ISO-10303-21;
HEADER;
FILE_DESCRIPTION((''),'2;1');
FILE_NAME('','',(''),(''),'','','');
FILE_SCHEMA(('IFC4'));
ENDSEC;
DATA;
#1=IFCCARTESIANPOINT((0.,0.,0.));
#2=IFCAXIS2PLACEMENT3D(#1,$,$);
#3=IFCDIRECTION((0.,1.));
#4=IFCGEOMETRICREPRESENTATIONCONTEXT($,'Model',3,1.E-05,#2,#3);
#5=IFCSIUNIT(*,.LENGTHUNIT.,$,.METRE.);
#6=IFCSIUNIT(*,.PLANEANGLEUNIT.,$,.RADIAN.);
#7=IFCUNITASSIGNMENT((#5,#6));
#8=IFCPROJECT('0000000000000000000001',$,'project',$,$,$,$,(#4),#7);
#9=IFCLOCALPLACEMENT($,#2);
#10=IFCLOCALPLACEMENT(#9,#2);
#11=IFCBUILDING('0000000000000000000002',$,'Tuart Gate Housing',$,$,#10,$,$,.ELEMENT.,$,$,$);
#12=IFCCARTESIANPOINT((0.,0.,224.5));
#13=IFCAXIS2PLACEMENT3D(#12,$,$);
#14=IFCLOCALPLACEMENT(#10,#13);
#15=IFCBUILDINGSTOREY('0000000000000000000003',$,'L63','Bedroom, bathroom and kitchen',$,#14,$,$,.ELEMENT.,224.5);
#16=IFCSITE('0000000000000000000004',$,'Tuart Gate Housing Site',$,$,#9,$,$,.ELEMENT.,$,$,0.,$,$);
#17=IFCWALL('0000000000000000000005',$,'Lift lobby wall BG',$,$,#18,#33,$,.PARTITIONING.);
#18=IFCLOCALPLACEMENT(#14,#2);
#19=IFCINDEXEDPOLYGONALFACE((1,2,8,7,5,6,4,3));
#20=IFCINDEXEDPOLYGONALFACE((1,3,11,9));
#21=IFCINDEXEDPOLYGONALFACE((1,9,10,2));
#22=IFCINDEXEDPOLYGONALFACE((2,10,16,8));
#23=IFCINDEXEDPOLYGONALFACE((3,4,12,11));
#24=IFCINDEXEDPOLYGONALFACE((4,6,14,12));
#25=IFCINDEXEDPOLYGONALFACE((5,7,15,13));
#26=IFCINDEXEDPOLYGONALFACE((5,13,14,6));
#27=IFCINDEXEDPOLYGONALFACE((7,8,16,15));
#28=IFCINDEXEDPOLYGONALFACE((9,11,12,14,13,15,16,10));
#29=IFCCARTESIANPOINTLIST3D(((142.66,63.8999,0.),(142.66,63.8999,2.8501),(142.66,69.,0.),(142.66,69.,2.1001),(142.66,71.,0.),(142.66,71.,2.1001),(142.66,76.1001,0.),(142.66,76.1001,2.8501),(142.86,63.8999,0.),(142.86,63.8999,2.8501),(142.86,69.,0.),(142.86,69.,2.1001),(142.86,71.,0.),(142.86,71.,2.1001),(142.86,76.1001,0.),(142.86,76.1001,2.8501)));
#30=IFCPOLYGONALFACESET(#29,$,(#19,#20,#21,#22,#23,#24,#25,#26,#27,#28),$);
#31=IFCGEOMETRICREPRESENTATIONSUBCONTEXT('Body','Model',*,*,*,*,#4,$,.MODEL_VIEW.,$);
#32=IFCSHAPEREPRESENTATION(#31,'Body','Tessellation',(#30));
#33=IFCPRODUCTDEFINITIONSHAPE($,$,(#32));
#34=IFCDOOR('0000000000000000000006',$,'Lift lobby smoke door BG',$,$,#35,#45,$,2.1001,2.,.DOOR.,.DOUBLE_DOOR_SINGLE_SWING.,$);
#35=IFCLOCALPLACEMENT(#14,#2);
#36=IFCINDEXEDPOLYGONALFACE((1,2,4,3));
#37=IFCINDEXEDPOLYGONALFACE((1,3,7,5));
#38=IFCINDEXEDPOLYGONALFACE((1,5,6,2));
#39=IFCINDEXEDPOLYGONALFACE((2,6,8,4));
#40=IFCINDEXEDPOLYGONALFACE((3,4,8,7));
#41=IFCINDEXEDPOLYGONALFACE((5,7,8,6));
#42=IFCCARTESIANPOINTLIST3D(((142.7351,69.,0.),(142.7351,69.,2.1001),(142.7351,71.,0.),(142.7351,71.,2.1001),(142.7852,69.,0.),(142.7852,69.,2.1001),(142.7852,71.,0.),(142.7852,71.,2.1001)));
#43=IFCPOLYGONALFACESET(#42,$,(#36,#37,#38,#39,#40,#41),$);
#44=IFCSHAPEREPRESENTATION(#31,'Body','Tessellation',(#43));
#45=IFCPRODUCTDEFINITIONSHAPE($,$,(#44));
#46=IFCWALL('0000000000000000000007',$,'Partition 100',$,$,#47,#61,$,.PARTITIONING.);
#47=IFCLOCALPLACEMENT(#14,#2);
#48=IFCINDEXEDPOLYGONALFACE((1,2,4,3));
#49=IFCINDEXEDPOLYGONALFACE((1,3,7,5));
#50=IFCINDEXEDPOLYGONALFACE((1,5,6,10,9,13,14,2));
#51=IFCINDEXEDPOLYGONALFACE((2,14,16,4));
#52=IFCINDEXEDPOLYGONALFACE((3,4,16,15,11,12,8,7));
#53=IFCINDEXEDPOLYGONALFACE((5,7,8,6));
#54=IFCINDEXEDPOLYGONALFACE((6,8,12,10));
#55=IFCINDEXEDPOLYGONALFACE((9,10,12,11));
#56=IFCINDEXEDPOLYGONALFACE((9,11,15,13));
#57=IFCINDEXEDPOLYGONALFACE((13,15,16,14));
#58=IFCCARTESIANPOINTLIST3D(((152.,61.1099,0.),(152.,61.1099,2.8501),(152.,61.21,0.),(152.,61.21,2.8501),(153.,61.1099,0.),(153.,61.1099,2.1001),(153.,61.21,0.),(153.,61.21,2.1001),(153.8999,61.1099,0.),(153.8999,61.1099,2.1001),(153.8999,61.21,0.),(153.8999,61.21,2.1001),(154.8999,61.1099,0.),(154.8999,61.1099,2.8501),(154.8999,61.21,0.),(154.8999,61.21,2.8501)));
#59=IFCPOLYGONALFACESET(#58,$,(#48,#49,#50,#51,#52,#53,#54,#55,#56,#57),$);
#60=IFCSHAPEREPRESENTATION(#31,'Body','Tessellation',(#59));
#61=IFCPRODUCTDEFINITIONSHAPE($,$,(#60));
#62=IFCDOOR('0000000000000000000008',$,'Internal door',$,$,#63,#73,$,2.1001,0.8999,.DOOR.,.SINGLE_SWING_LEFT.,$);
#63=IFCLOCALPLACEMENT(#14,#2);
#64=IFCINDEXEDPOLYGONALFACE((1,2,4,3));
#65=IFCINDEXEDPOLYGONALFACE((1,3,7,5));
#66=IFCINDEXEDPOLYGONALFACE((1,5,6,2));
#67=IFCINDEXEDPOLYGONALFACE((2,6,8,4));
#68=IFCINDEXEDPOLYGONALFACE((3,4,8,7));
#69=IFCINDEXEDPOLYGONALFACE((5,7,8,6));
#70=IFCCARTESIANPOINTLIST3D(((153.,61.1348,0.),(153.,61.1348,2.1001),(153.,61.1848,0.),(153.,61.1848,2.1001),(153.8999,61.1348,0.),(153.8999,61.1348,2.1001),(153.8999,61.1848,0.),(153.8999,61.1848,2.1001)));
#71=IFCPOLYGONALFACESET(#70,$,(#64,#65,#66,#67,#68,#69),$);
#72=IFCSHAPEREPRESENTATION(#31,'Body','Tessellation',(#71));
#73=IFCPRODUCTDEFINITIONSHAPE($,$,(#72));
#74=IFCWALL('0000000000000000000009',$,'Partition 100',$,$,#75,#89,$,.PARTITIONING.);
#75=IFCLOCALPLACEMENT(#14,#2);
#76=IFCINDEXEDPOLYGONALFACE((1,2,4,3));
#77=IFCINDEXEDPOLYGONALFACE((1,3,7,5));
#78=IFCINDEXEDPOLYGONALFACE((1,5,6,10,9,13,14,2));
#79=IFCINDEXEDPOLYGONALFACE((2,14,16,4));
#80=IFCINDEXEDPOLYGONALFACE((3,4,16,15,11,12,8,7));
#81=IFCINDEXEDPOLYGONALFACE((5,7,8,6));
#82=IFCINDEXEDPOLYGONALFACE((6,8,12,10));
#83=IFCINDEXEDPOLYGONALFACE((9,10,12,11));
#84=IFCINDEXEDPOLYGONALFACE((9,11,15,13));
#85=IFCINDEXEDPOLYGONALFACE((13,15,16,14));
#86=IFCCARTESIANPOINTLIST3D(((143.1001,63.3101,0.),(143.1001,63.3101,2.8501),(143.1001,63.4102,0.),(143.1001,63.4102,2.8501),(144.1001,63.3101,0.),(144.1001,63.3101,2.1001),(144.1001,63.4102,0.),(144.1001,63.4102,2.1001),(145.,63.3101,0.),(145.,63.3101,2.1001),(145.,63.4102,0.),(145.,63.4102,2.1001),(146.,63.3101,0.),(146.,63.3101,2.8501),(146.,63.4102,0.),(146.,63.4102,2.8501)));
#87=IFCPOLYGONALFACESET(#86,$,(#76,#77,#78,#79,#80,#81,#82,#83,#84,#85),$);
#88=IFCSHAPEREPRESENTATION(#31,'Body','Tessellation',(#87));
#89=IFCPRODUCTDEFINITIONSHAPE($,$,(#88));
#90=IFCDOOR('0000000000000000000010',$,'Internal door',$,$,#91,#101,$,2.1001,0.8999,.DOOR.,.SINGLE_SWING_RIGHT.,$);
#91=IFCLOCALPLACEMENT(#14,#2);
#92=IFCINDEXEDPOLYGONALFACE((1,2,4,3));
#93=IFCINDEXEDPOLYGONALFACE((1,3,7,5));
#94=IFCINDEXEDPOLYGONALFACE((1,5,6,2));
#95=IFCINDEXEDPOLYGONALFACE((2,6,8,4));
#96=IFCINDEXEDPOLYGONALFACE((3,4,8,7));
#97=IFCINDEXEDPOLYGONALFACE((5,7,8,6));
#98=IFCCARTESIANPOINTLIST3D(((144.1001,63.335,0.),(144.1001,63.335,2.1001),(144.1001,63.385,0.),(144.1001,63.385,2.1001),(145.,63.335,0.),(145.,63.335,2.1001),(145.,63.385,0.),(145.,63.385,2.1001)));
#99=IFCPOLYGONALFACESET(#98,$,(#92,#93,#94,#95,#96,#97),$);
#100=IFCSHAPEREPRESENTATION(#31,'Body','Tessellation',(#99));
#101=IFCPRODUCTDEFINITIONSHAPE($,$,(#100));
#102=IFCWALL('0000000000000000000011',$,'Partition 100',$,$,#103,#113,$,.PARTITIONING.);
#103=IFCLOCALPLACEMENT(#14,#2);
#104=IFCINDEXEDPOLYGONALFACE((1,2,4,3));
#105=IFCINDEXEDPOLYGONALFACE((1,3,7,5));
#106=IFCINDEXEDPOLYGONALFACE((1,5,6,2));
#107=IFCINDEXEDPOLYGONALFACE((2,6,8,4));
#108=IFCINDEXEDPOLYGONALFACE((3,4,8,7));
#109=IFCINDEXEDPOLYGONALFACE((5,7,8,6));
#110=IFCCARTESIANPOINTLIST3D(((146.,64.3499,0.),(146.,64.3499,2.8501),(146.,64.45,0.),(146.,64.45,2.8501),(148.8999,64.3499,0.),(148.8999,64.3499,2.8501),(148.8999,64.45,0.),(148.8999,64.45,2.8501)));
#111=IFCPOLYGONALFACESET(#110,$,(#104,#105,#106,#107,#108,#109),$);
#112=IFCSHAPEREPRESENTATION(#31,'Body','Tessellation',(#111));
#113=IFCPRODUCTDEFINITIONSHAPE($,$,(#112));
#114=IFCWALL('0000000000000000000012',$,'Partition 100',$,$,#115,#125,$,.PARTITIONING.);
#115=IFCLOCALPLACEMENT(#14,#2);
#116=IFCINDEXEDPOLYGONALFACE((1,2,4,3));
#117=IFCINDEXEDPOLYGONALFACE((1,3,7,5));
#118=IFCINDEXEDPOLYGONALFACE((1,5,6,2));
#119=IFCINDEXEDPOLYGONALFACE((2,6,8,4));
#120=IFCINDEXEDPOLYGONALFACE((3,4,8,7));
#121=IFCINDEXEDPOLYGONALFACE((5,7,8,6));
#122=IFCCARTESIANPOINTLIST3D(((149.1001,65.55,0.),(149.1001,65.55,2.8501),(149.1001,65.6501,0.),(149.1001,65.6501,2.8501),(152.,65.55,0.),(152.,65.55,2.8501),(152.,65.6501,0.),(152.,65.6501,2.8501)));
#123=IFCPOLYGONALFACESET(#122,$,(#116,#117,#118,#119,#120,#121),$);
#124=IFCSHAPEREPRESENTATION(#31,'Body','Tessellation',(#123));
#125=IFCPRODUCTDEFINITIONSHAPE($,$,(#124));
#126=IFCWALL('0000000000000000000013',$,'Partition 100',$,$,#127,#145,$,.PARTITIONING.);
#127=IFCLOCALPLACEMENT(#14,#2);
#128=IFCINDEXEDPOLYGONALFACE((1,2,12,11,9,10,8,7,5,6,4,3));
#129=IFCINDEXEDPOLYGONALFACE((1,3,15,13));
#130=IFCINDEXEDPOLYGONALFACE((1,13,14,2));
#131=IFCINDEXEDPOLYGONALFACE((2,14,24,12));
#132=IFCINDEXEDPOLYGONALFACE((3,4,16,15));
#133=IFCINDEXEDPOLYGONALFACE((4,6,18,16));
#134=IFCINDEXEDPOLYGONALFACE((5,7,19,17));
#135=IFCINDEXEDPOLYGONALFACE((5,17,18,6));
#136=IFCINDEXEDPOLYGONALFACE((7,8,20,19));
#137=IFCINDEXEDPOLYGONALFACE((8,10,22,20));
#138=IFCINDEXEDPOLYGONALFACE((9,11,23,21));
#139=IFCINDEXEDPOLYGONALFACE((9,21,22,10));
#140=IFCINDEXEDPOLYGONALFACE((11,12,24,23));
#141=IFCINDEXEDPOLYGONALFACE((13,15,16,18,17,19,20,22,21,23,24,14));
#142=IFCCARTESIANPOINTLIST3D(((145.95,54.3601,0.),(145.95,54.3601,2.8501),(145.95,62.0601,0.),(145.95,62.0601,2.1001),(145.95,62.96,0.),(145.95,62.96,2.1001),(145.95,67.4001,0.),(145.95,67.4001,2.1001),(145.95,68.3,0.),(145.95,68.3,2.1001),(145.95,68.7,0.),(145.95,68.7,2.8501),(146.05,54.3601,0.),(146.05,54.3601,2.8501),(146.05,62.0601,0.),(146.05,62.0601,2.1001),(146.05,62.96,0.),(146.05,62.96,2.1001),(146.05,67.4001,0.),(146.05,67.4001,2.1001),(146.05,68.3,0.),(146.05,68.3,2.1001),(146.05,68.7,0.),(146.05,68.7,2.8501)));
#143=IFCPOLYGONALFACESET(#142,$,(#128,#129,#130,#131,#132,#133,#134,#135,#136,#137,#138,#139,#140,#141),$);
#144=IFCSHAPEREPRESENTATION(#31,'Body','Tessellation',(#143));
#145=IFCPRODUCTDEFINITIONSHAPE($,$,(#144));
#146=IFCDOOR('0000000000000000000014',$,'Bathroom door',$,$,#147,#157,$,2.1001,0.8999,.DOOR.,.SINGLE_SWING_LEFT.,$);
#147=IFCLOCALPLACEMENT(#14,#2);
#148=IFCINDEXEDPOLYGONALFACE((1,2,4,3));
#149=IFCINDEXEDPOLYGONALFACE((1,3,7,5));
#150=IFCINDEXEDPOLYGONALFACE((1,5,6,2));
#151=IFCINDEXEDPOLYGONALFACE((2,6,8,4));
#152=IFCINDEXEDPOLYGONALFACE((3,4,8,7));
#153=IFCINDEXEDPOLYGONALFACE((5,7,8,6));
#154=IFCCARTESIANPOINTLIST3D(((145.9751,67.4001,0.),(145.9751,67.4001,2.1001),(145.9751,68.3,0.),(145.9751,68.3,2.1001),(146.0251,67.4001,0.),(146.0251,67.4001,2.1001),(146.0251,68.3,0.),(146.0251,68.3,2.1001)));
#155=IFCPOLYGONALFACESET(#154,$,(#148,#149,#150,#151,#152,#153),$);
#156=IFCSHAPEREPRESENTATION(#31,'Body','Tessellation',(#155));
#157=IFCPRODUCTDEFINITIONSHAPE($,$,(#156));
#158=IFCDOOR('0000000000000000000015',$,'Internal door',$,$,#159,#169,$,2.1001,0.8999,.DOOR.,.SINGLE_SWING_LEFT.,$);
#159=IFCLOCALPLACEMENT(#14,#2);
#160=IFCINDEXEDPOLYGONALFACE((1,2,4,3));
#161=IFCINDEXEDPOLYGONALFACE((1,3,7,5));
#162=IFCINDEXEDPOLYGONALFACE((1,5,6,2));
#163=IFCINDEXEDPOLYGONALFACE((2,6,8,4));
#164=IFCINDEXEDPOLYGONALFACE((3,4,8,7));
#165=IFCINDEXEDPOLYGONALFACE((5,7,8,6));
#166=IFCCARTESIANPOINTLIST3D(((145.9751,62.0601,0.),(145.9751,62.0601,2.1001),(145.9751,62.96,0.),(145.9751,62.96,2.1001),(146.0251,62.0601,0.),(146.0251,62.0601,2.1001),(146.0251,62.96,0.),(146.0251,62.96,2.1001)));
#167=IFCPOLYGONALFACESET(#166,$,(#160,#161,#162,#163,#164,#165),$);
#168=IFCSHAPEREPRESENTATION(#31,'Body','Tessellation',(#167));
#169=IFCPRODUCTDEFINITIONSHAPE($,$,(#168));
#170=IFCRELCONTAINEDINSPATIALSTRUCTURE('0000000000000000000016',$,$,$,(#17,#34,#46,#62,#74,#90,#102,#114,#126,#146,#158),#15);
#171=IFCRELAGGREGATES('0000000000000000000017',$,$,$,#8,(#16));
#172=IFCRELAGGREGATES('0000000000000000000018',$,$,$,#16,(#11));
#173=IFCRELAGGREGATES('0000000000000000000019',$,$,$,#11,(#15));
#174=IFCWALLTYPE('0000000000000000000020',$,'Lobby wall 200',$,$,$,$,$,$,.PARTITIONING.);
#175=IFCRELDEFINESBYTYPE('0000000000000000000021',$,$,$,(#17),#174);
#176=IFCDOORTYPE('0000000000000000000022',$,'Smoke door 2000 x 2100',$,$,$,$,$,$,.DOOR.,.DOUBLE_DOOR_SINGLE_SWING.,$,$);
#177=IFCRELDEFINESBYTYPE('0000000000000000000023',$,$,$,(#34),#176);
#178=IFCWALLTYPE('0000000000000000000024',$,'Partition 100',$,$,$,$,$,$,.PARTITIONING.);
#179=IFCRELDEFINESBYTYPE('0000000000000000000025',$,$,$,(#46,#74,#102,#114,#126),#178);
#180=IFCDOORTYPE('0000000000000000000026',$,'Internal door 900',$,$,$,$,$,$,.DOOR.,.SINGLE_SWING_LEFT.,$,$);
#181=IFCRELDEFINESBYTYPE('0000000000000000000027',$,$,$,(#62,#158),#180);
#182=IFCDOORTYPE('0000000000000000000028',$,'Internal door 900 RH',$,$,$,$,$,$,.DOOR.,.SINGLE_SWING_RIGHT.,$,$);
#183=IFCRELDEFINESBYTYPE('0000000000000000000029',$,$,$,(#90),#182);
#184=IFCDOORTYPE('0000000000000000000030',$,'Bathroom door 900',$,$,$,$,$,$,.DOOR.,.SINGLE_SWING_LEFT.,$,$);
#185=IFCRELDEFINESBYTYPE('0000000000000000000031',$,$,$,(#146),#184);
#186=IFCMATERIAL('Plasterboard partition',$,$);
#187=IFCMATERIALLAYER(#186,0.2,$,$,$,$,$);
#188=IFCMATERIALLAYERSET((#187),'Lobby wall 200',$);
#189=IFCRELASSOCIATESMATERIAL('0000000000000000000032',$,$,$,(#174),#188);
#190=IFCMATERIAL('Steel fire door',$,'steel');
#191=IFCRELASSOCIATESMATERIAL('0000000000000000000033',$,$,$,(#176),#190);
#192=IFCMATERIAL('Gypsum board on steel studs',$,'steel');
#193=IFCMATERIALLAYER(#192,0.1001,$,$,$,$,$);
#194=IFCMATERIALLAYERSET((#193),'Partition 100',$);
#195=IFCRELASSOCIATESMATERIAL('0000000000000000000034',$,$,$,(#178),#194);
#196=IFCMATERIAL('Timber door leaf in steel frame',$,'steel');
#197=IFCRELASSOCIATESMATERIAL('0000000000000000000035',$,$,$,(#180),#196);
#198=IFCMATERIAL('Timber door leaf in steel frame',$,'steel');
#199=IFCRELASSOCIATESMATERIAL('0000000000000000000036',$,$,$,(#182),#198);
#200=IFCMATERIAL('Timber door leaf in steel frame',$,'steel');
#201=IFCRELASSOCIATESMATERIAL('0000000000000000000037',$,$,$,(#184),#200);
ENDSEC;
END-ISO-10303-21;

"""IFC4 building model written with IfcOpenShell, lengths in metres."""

from ifc_helpers import new_model, si_unit, direction, frame, frame_2d, origin, place, context, subcontext, project, spatial, rectangle, extrude, material, layer, layer_set, type_object, element, fill, save


model = new_model("IFC4")

# Units and contexts
model_context = context("Model", 3, precision=1e-05, world=origin(), true_north=direction((0.0, 1.0)))
body_context = subcontext(model_context, "Body", "Model", "MODEL_VIEW")
ifc_project = project(units=[si_unit("LENGTHUNIT", "METRE"), si_unit("PLANEANGLEUNIT", "RADIAN")], contexts=[model_context])

# Site, building, storey
site_placement = place(None, origin())
site = spatial("IfcSite", under=ifc_project, at=site_placement, Name="Tuart Gate Housing Site", CompositionType="ELEMENT", RefElevation=0.0)
building_placement = place(site_placement, origin())
building = spatial("IfcBuilding", under=site, at=building_placement, Name="Tuart Gate Housing", CompositionType="ELEMENT")
storey_placement = place(building_placement, frame((0.0, 0.0, 224.5)))
storey = spatial("IfcBuildingStorey", under=building, at=storey_placement, Name="L63", Description="Bedroom, bathroom and kitchen", CompositionType="ELEMENT", Elevation=224.5)

# Walls, openings, doors
ifc_material_1 = material(Name="Plasterboard partition")
ifc_layer_1 = layer(ifc_material_1, 0.2)
ifc_layer_set_1 = layer_set([ifc_layer_1], Name="Lobby wall 200")
wall_type_1 = type_object("IfcWallType", Name="Lobby wall 200", PredefinedType="PARTITIONING", material=ifc_layer_set_1)
wall_1_placement = place(storey_placement, frame((142.76, 63.8999, 0.0), z_axis=(0.0, 0.0, 1.0), x_axis=(0.0, 1.0, 0.0)))
wall_1 = element("IfcWall", 1, at=wall_1_placement, inside=storey, type_object=wall_type_1, Name="Lift lobby wall BG", PredefinedType="PARTITIONING", context=body_context, shape_type="SweptSolid", body=[
    extrude(rectangle(XDim=12.2002, YDim=0.2, at=frame_2d((6.1001, 0.0))), origin(), (0.0, 0.0, 1.0), 2.8501),
])
opening_1_placement = place(wall_1_placement, frame((5.1001, 0.0, 0.0)))
opening_1 = element("IfcOpeningElement", 2, at=opening_1_placement, cuts=wall_1, PredefinedType="OPENING", context=body_context, shape_type="SweptSolid", body=[
    extrude(rectangle(XDim=2.0, YDim=2.1001, at=frame_2d((1.0, 1.05))), frame((0.0, 0.1099, 0.0), z_axis=(0.0, -1.0, 0.0), x_axis=(1.0, 0.0, 0.0)), (0.0, 0.0, 1.0), 0.22),
])
ifc_material_2 = material(Name="Steel fire door", Category="steel")
door_type_1 = type_object("IfcDoorType", Name="Smoke door 2000 x 2100", OperationType="DOUBLE_DOOR_SINGLE_SWING", PredefinedType="DOOR", material=ifc_material_2)
door_1_placement = place(opening_1_placement, origin())
door_1 = element("IfcDoor", 3, at=door_1_placement, inside=storey, type_object=door_type_1, Name="Lift lobby smoke door BG", OperationType="DOUBLE_DOOR_SINGLE_SWING", OverallHeight=2.1001, OverallWidth=2.0, PredefinedType="DOOR", context=body_context, shape_type="SweptSolid", body=[
    extrude(rectangle(XDim=2.0, YDim=2.1001, at=frame_2d((1.0, 1.05))), frame((0.0, 0.0249, 0.0), z_axis=(0.0, -1.0, 0.0), x_axis=(1.0, 0.0, 0.0)), (0.0, 0.0, 1.0), 0.05),
])
fill(opening_1, door_1)
ifc_material_3 = material(Name="Gypsum board on steel studs", Category="steel")
ifc_layer_2 = layer(ifc_material_3, 0.1001)
ifc_layer_set_2 = layer_set([ifc_layer_2], Name="Partition 100")
wall_type_2 = type_object("IfcWallType", Name="Partition 100", PredefinedType="PARTITIONING", material=ifc_layer_set_2)
wall_2_placement = place(storey_placement, frame((152.0, 61.1599, 0.0), z_axis=(0.0, 0.0, 1.0), x_axis=(1.0, 0.0, 0.0)))
wall_2 = element("IfcWall", 4, at=wall_2_placement, inside=storey, type_object=wall_type_2, Name="Partition 100", PredefinedType="PARTITIONING", context=body_context, shape_type="SweptSolid", body=[
    extrude(rectangle(XDim=2.8999, YDim=0.1001, at=frame_2d((1.45, 0.0))), origin(), (0.0, 0.0, 1.0), 2.8501),
])
opening_2_placement = place(wall_2_placement, frame((1.0, 0.0, 0.0)))
opening_2 = element("IfcOpeningElement", 5, at=opening_2_placement, cuts=wall_2, PredefinedType="OPENING", context=body_context, shape_type="SweptSolid", body=[
    extrude(rectangle(XDim=0.8999, YDim=2.1001, at=frame_2d((0.45, 1.05))), frame((0.0, 0.0601, 0.0), z_axis=(0.0, -1.0, 0.0), x_axis=(1.0, 0.0, 0.0)), (0.0, 0.0, 1.0), 0.1201),
])
ifc_material_4 = material(Name="Timber door leaf in steel frame", Category="steel")
door_type_2 = type_object("IfcDoorType", Name="Internal door 900", OperationType="SINGLE_SWING_LEFT", PredefinedType="DOOR", material=ifc_material_4)
door_2_placement = place(opening_2_placement, origin())
door_2 = element("IfcDoor", 6, at=door_2_placement, inside=storey, type_object=door_type_2, Name="Internal door", OperationType="SINGLE_SWING_LEFT", OverallHeight=2.1001, OverallWidth=0.8999, PredefinedType="DOOR", context=body_context, shape_type="SweptSolid", body=[
    extrude(rectangle(XDim=0.8999, YDim=2.1001, at=frame_2d((0.45, 1.05))), frame((0.0, 0.0249, 0.0), z_axis=(0.0, -1.0, 0.0), x_axis=(1.0, 0.0, 0.0)), (0.0, 0.0, 1.0), 0.05),
])
fill(opening_2, door_2)
wall_3_placement = place(storey_placement, frame((143.1001, 63.3601, 0.0), z_axis=(0.0, 0.0, 1.0), x_axis=(1.0, 0.0, 0.0)))
wall_3 = element("IfcWall", 7, at=wall_3_placement, inside=storey, type_object=wall_type_2, Name="Partition 100", PredefinedType="PARTITIONING", context=body_context, shape_type="SweptSolid", body=[
    extrude(rectangle(XDim=2.8999, YDim=0.1001, at=frame_2d((1.45, 0.0))), origin(), (0.0, 0.0, 1.0), 2.8501),
])
opening_3_placement = place(wall_3_placement, frame((1.0, 0.0, 0.0)))
opening_3 = element("IfcOpeningElement", 8, at=opening_3_placement, cuts=wall_3, PredefinedType="OPENING", context=body_context, shape_type="SweptSolid", body=[
    extrude(rectangle(XDim=0.8999, YDim=2.1001, at=frame_2d((0.45, 1.05))), frame((0.0, 0.0601, 0.0), z_axis=(0.0, -1.0, 0.0), x_axis=(1.0, 0.0, 0.0)), (0.0, 0.0, 1.0), 0.1201),
])
ifc_material_5 = material(Name="Timber door leaf in steel frame", Category="steel")
door_type_3 = type_object("IfcDoorType", Name="Internal door 900 RH", OperationType="SINGLE_SWING_RIGHT", PredefinedType="DOOR", material=ifc_material_5)
door_3_placement = place(opening_3_placement, origin())
door_3 = element("IfcDoor", 9, at=door_3_placement, inside=storey, type_object=door_type_3, Name="Internal door", OperationType="SINGLE_SWING_RIGHT", OverallHeight=2.1001, OverallWidth=0.8999, PredefinedType="DOOR", context=body_context, shape_type="SweptSolid", body=[
    extrude(rectangle(XDim=0.8999, YDim=2.1001, at=frame_2d((0.45, 1.05))), frame((0.0, 0.0249, 0.0), z_axis=(0.0, -1.0, 0.0), x_axis=(1.0, 0.0, 0.0)), (0.0, 0.0, 1.0), 0.05),
])
fill(opening_3, door_3)

# Walls
for number, where, z_axis, x_axis, name in (
    (10, (146.0, 64.3999, 0.0), (0.0, 0.0, 1.0), (1.0, 0.0, 0.0), "Partition 100"),
    (11, (149.1001, 65.6001, 0.0), (0.0, 0.0, 1.0), (1.0, 0.0, 0.0), "Partition 100"),
):
    element("IfcWall", number, at=place(storey_placement, frame(where, z_axis=z_axis, x_axis=x_axis)), inside=storey, type_object=wall_type_2, Name=name, PredefinedType="PARTITIONING", context=body_context, shape_type="SweptSolid", body=[
        extrude(rectangle(XDim=2.8999, YDim=0.1001, at=frame_2d((1.45, 0.0))), origin(), (0.0, 0.0, 1.0), 2.8501),
    ])

# Wall, openings, doors
wall_4_placement = place(storey_placement, frame((146.0, 54.3601, 0.0), z_axis=(0.0, 0.0, 1.0), x_axis=(0.0, 1.0, 0.0)))
wall_4 = element("IfcWall", 12, at=wall_4_placement, inside=storey, type_object=wall_type_2, Name="Partition 100", PredefinedType="PARTITIONING", context=body_context, shape_type="SweptSolid", body=[
    extrude(rectangle(XDim=14.3398, YDim=0.1001, at=frame_2d((7.1699, 0.0))), origin(), (0.0, 0.0, 1.0), 2.8501),
])
opening_4_placement = place(wall_4_placement, frame((7.7, 0.0, 0.0)))
opening_4 = element("IfcOpeningElement", 13, at=opening_4_placement, cuts=wall_4, PredefinedType="OPENING", context=body_context, shape_type="SweptSolid", body=[
    extrude(rectangle(XDim=0.8999, YDim=2.1001, at=frame_2d((0.45, 1.05))), frame((0.0, 0.0601, 0.0), z_axis=(0.0, -1.0, 0.0), x_axis=(1.0, 0.0, 0.0)), (0.0, 0.0, 1.0), 0.1201),
])
opening_5_placement = place(wall_4_placement, frame((13.04, 0.0, 0.0)))
opening_5 = element("IfcOpeningElement", 14, at=opening_5_placement, cuts=wall_4, PredefinedType="OPENING", context=body_context, shape_type="SweptSolid", body=[
    extrude(rectangle(XDim=0.8999, YDim=2.1001, at=frame_2d((0.45, 1.05))), frame((0.0, 0.0601, 0.0), z_axis=(0.0, -1.0, 0.0), x_axis=(1.0, 0.0, 0.0)), (0.0, 0.0, 1.0), 0.1201),
])
ifc_material_6 = material(Name="Timber door leaf in steel frame", Category="steel")
door_type_4 = type_object("IfcDoorType", Name="Bathroom door 900", OperationType="SINGLE_SWING_LEFT", PredefinedType="DOOR", material=ifc_material_6)
door_4_placement = place(opening_5_placement, frame((0.8999, 0.0, 0.0), z_axis=(0.0, 0.0, 1.0), x_axis=(-1.0, 0.0, 0.0)))
door_4 = element("IfcDoor", 15, at=door_4_placement, inside=storey, type_object=door_type_4, Name="Bathroom door", OperationType="SINGLE_SWING_LEFT", OverallHeight=2.1001, OverallWidth=0.8999, PredefinedType="DOOR", context=body_context, shape_type="SweptSolid", body=[
    extrude(rectangle(XDim=0.8999, YDim=2.1001, at=frame_2d((0.45, 1.05))), frame((0.0, 0.0251, 0.0), z_axis=(0.0, -1.0, 0.0), x_axis=(1.0, 0.0, 0.0)), (0.0, 0.0, 1.0), 0.05),
])
fill(opening_5, door_4)
door_5_placement = place(opening_4_placement, frame((0.8999, 0.0, 0.0), z_axis=(0.0, 0.0, 1.0), x_axis=(-1.0, 0.0, 0.0)))
door_5 = element("IfcDoor", 16, at=door_5_placement, inside=storey, type_object=door_type_2, Name="Internal door", OperationType="SINGLE_SWING_LEFT", OverallHeight=2.1001, OverallWidth=0.8999, PredefinedType="DOOR", context=body_context, shape_type="SweptSolid", body=[
    extrude(rectangle(XDim=0.8999, YDim=2.1001, at=frame_2d((0.45, 1.05))), frame((0.0, 0.0251, 0.0), z_axis=(0.0, -1.0, 0.0), x_axis=(1.0, 0.0, 0.0)), (0.0, 0.0, 1.0), 0.05),
])
fill(opening_4, door_5)

save(model, "model.ifc")
